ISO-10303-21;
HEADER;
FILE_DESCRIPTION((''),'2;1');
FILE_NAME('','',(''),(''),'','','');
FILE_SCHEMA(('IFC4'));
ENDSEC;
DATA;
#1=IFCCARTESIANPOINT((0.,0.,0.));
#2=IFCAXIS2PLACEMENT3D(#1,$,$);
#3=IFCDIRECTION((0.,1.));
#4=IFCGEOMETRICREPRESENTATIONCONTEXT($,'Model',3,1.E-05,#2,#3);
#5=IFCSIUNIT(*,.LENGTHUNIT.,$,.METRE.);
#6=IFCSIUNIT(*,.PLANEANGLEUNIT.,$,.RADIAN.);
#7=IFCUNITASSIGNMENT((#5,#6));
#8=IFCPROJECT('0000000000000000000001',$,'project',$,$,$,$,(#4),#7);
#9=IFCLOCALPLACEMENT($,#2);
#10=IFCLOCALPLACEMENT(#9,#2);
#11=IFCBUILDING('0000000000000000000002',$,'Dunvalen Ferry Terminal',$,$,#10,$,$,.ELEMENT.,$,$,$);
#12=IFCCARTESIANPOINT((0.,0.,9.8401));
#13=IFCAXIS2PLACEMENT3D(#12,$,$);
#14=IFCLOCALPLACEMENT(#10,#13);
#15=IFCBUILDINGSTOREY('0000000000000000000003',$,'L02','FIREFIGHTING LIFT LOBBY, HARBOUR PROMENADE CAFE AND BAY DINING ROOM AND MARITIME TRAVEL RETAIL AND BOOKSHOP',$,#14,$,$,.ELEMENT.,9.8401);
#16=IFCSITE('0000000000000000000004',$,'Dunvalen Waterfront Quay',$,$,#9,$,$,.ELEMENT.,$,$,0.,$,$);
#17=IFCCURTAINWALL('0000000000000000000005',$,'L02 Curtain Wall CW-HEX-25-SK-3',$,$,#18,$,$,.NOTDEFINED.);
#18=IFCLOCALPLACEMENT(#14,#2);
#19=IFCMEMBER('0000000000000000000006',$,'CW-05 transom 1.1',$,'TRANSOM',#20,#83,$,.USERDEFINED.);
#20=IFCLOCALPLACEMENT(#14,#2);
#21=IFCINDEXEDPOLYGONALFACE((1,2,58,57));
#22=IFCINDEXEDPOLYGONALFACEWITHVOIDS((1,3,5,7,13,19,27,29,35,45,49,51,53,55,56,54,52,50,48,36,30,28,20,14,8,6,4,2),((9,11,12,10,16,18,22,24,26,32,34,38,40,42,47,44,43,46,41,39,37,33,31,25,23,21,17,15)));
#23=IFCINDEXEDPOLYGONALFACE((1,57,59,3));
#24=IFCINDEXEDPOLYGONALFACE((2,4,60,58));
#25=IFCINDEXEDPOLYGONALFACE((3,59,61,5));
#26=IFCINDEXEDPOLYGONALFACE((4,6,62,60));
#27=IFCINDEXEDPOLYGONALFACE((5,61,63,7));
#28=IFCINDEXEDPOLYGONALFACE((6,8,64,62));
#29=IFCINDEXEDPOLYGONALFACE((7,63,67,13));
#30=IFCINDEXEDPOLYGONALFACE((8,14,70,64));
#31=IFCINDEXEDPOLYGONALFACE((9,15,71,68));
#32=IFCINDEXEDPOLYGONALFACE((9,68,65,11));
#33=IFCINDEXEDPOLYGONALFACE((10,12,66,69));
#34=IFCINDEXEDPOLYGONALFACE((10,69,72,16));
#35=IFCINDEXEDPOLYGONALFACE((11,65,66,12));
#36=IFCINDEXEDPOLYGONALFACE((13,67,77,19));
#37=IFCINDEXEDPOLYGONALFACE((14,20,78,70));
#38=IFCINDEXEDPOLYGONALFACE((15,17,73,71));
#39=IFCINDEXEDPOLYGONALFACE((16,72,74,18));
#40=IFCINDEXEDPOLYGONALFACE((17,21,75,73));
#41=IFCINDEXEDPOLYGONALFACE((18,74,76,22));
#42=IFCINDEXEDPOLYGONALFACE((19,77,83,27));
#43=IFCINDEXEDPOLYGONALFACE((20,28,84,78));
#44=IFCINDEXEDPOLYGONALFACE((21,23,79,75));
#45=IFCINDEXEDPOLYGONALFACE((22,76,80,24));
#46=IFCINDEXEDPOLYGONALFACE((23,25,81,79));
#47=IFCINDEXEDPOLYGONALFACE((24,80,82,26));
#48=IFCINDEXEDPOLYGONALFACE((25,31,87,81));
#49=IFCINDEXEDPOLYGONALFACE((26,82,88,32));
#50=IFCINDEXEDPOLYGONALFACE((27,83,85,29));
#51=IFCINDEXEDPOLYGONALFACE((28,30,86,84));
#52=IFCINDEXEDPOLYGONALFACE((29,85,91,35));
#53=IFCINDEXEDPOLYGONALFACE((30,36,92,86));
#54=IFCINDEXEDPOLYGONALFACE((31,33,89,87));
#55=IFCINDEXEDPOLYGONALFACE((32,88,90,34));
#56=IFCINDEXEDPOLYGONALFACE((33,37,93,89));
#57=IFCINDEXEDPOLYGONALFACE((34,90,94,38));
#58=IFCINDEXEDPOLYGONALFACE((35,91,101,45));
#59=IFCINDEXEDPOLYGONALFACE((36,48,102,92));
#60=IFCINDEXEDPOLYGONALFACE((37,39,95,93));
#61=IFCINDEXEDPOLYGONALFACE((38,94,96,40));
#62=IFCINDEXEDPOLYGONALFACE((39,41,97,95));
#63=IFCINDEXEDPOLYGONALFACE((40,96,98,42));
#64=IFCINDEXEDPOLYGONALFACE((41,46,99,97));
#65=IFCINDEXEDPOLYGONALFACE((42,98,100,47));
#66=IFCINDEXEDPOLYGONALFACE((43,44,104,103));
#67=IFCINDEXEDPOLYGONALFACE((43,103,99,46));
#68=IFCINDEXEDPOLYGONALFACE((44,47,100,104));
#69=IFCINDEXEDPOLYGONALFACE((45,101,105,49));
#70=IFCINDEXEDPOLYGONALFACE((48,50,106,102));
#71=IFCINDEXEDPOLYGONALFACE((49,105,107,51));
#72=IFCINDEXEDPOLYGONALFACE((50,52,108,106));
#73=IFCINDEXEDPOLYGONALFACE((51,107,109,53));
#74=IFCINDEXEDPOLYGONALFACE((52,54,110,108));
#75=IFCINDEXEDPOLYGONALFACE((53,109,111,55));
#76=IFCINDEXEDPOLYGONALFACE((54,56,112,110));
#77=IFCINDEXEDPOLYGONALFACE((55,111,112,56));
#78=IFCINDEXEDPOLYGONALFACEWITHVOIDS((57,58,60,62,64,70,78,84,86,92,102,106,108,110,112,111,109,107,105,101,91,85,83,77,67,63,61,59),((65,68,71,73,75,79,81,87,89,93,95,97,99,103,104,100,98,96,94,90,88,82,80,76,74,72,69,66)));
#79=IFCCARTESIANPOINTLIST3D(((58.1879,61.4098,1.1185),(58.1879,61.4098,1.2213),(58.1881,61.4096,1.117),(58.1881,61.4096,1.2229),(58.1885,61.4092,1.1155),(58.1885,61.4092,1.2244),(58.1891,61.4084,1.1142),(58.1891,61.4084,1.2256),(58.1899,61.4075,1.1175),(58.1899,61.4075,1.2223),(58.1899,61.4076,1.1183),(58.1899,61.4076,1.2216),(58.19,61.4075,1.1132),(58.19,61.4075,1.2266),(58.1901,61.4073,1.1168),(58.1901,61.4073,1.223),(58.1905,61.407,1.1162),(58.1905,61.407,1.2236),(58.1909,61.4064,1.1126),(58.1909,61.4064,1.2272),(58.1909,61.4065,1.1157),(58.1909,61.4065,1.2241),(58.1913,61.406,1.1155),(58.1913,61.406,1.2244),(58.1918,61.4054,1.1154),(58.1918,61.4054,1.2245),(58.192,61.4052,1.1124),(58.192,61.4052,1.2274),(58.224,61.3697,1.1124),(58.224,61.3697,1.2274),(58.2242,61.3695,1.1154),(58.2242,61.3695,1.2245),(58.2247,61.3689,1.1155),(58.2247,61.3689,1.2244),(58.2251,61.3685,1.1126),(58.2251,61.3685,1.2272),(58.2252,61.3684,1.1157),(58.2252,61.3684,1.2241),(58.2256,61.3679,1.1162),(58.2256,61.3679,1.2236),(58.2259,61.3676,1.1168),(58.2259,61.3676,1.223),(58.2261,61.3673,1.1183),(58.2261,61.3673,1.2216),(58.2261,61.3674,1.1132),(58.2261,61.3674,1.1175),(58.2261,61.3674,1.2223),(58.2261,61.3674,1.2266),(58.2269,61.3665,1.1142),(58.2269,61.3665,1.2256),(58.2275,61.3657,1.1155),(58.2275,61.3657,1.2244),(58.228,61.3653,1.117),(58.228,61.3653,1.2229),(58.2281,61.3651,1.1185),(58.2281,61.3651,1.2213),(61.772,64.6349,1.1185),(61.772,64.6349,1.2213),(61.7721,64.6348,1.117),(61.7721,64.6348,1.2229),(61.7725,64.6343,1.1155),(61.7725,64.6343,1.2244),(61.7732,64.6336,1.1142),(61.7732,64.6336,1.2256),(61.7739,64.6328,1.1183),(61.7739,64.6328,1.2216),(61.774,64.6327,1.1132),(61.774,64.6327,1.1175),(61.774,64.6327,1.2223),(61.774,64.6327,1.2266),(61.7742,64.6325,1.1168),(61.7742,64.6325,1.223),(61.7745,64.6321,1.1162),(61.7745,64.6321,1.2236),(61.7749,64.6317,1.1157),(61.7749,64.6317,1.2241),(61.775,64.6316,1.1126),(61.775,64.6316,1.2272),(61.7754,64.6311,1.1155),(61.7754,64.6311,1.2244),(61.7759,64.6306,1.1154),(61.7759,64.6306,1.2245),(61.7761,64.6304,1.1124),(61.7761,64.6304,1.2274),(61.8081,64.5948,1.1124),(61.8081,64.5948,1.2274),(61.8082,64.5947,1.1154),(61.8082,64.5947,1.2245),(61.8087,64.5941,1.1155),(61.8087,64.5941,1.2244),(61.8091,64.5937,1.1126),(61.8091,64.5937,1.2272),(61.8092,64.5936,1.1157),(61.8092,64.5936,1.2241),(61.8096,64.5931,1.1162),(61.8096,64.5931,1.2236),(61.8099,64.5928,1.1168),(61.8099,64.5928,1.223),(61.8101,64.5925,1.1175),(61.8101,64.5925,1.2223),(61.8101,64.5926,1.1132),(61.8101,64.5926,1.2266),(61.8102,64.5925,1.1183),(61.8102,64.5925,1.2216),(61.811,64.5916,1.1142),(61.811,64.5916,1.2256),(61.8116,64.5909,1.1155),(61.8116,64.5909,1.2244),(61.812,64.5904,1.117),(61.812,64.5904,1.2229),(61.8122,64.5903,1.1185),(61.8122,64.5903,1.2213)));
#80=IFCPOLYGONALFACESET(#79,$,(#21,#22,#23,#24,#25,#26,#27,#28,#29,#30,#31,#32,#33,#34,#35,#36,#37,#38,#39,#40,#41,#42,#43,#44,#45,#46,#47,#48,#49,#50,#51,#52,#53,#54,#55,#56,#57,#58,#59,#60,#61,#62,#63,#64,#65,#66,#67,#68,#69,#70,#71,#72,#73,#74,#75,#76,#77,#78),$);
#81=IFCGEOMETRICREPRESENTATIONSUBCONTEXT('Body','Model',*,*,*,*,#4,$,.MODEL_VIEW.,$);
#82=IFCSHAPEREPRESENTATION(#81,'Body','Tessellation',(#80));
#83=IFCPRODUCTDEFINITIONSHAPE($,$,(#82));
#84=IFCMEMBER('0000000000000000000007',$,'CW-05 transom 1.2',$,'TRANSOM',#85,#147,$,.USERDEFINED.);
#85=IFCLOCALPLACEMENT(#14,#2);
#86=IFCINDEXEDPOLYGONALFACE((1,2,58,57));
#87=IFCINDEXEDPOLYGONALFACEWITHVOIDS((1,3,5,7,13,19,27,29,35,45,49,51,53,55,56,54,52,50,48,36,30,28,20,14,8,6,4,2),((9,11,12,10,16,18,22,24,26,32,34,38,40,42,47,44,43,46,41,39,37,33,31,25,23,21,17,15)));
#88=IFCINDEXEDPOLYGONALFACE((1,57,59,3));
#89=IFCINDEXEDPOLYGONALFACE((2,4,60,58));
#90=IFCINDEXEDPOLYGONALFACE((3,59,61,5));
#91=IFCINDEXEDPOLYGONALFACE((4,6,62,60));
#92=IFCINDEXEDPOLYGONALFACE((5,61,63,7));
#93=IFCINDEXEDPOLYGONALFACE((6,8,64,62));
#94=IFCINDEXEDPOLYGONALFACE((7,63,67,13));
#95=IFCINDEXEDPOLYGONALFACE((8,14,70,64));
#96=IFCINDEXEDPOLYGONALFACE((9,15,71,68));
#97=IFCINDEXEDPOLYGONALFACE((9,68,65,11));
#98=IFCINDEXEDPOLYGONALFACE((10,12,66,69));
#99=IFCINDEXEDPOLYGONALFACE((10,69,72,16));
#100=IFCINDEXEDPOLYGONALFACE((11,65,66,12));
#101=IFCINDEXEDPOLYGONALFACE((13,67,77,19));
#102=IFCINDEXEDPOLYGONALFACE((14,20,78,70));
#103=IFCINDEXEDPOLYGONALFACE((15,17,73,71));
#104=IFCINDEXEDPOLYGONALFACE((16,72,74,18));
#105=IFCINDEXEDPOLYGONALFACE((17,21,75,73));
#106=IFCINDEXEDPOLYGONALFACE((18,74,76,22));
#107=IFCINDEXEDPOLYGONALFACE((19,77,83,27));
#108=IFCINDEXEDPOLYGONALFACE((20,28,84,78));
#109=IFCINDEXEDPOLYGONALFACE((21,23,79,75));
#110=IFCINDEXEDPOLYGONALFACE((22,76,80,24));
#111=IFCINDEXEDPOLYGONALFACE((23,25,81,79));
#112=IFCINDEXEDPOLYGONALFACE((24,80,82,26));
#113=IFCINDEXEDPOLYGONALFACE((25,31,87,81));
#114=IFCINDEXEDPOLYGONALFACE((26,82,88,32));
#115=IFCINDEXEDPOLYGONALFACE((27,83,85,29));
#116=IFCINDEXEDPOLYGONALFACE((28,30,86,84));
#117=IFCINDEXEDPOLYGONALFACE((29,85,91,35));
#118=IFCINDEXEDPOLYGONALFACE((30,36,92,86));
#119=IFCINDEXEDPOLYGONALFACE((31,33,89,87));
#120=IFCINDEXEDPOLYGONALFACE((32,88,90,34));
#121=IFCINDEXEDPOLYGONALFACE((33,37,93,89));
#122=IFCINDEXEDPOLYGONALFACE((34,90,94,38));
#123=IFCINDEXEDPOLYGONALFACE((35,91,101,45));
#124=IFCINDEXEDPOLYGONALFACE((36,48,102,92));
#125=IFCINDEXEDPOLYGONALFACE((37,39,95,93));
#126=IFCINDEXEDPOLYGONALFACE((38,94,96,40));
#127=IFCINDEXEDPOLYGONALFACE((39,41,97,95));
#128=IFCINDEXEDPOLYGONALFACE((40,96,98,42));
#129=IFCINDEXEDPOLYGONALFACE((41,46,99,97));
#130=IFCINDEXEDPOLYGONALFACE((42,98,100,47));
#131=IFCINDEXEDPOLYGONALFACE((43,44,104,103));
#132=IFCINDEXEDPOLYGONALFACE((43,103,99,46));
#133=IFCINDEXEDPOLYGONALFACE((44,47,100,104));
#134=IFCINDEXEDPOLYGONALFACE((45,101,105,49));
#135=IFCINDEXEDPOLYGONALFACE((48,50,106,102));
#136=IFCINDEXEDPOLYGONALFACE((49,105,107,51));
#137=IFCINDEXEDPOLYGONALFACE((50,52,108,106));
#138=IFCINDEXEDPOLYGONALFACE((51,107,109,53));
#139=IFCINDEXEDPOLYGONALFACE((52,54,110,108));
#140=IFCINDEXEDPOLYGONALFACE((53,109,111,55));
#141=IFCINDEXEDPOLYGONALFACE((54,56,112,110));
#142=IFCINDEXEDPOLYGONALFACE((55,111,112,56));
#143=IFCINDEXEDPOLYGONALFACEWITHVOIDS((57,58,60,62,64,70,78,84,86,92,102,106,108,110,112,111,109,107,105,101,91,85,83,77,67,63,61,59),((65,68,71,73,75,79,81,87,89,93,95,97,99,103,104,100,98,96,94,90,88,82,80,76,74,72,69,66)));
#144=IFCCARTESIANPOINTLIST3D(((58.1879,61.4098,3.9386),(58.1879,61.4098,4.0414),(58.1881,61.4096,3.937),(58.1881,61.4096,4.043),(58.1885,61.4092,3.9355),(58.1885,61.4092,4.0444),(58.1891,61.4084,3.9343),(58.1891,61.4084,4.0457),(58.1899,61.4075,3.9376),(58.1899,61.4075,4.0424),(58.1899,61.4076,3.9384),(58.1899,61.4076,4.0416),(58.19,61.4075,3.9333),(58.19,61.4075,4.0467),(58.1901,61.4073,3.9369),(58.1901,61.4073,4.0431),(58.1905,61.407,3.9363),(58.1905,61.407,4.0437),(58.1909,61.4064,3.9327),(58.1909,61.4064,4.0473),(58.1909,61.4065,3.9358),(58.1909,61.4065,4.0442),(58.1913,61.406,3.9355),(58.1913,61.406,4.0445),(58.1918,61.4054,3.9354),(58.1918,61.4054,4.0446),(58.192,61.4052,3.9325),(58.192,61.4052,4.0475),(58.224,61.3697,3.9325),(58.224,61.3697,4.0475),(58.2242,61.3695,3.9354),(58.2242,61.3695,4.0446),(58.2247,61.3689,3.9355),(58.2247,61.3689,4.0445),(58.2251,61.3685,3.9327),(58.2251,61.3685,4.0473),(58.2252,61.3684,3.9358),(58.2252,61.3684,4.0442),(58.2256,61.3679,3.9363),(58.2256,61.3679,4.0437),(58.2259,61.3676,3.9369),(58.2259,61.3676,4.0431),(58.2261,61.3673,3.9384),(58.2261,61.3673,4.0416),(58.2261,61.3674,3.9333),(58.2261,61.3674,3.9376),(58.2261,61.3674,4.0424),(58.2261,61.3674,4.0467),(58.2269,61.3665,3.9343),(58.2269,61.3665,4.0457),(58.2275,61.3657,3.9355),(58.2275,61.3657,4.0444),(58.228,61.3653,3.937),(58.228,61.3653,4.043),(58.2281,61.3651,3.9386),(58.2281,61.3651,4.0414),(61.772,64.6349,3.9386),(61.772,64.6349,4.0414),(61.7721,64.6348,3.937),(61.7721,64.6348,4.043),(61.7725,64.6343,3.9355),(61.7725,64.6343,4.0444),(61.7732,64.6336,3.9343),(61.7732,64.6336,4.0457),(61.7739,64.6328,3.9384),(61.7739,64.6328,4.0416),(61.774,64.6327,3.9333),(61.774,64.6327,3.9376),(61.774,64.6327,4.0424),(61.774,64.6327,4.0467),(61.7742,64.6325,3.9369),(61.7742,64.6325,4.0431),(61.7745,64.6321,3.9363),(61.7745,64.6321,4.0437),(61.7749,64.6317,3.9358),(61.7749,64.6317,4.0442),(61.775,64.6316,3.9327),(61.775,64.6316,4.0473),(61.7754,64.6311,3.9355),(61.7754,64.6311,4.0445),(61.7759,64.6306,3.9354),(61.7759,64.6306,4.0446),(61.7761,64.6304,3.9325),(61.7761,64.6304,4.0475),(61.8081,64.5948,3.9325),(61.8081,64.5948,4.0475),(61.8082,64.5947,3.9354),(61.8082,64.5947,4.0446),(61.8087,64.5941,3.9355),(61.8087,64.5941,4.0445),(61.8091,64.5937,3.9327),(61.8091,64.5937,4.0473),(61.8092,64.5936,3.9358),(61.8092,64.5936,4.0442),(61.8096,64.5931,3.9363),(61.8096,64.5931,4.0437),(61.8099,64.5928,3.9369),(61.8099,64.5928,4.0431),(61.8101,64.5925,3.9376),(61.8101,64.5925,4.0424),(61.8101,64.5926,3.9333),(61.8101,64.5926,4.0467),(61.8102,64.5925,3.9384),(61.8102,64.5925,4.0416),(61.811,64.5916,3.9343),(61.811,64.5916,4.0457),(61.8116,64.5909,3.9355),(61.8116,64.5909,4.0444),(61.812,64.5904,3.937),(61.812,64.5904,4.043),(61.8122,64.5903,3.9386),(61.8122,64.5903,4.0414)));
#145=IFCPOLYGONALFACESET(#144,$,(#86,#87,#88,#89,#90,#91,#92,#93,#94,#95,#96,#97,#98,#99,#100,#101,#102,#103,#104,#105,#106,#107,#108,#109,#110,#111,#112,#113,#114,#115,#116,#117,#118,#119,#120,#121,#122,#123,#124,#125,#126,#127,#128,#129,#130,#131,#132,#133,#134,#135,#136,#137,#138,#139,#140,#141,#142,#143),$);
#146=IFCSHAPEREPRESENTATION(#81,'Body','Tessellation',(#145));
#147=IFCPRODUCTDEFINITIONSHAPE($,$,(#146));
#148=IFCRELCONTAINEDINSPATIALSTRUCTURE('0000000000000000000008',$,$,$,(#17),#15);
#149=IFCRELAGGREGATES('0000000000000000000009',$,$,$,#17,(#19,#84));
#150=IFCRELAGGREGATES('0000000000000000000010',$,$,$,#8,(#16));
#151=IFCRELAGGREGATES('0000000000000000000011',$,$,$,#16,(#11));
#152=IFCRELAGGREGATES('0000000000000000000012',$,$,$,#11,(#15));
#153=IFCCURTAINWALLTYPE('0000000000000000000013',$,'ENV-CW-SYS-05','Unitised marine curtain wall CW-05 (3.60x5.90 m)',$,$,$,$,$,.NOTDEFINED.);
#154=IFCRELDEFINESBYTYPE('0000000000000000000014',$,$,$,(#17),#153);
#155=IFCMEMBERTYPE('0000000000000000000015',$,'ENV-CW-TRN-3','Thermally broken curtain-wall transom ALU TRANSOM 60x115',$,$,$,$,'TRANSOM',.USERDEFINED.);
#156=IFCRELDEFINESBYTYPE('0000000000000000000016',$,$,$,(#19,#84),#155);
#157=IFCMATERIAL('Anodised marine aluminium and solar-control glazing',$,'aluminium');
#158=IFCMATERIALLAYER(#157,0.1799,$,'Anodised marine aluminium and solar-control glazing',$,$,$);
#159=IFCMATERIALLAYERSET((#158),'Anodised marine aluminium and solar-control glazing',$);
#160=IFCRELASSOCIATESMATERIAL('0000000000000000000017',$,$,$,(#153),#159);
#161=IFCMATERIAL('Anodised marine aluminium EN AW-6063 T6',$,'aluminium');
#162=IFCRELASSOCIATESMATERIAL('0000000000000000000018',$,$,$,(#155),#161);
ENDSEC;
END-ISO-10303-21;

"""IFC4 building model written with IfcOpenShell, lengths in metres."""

from ifc_helpers import new_model, si_unit, direction, frame, origin, origin_2d, place, context, subcontext, project, spatial, hollow_rectangle, extrude, material, layer, layer_set, material_profile, profile_set, type_object, element, aggregate, save


model = new_model("IFC4")

# Units and contexts
model_context = context("Model", 3, precision=1e-05, world=origin(), true_north=direction((0.0, 1.0)))
body_context = subcontext(model_context, "Body", "Model", "MODEL_VIEW")
ifc_project = project(units=[si_unit("LENGTHUNIT", "METRE"), si_unit("PLANEANGLEUNIT", "RADIAN")], contexts=[model_context])

# Site, building, storey
site_placement = place(None, origin())
site = spatial("IfcSite", under=ifc_project, at=site_placement, Name="Dunvalen Waterfront Quay", CompositionType="ELEMENT", RefElevation=0.0)
building_placement = place(site_placement, origin())
building = spatial("IfcBuilding", under=site, at=building_placement, Name="Dunvalen Ferry Terminal", CompositionType="ELEMENT")
storey_placement = place(building_placement, frame((0.0, 0.0, 9.8401)))
storey = spatial("IfcBuildingStorey", under=building, at=storey_placement, Name="L02", Description="FIREFIGHTING LIFT LOBBY, HARBOUR PROMENADE CAFE AND BAY DINING ROOM AND MARITIME TRAVEL RETAIL AND BOOKSHOP", CompositionType="ELEMENT", Elevation=9.8401)

# Shared definitions
ifc_material_1 = material(Name="Anodised marine aluminium and solar-control glazing", Category="aluminium")
ifc_material_2 = material(Name="Anodised marine aluminium EN AW-6063 T6", Category="aluminium")

# Curtain wall, members
ifc_layer_1 = layer(ifc_material_1, 0.1799, Name="Anodised marine aluminium and solar-control glazing")
ifc_layer_set_1 = layer_set([ifc_layer_1], Name="Anodised marine aluminium and solar-control glazing")
curtain_wall_type_1 = type_object("IfcCurtainWallType", Name="ENV-CW-SYS-05", Description="Unitised marine curtain wall CW-05 (3.60x5.90 m)", PredefinedType="NOTDEFINED", material=ifc_layer_set_1)
curtain_wall_1_placement = place(storey_placement, origin())
curtain_wall_1 = element("IfcCurtainWall", 1, at=curtain_wall_1_placement, inside=storey, type_object=curtain_wall_type_1, Name="L02 Curtain Wall CW-HEX-25-SK-3", PredefinedType="NOTDEFINED")
ifc_material_profile_1 = material_profile(ifc_material_2, hollow_rectangle(XDim=0.0601, YDim=0.115, WallThickness=0.0029, InnerFilletRadius=0.0029, OuterFilletRadius=0.0061, at=origin_2d()), Name="Anodised marine aluminium EN AW-6063 T6")
ifc_profile_set_1 = profile_set([ifc_material_profile_1], Name="Anodised marine aluminium EN AW-6063 T6")
member_type_1 = type_object("IfcMemberType", Name="ENV-CW-TRN-3", Description="Thermally broken curtain-wall transom ALU TRANSOM 60x115", ElementType="TRANSOM", PredefinedType="USERDEFINED", material=ifc_profile_set_1)
member_1_placement = place(storey_placement, frame((58.208, 61.3875, 1.1699), z_axis=(0.743345, 0.668909, 0.0), x_axis=(-0.668909, 0.743345, 0.0)))
member_1 = element("IfcMember", 2, at=member_1_placement, type_object=member_type_1, Name="CW-05 transom 1.1", ObjectType="TRANSOM", PredefinedType="USERDEFINED", context=body_context, shape_type="SweptSolid", body=[
    extrude(hollow_rectangle(XDim=0.0601, YDim=0.115, WallThickness=0.0029, InnerFilletRadius=0.0029, OuterFilletRadius=0.0061, at=origin_2d()), origin(), (0.0, 0.0, 1.0), 4.8215),
])
member_2_placement = place(storey_placement, frame((58.208, 61.3875, 3.99), z_axis=(0.743345, 0.668909, 0.0), x_axis=(-0.668909, 0.743345, 0.0)))
member_2 = element("IfcMember", 3, at=member_2_placement, type_object=member_type_1, Name="CW-05 transom 1.2", ObjectType="TRANSOM", PredefinedType="USERDEFINED", context=body_context, shape_type="SweptSolid", body=[
    extrude(hollow_rectangle(XDim=0.0601, YDim=0.115, WallThickness=0.0029, InnerFilletRadius=0.0029, OuterFilletRadius=0.0061, at=origin_2d()), origin(), (0.0, 0.0, 1.0), 4.8215),
])

aggregate(curtain_wall_1, [member_1, member_2])

save(model, "model.ifc")
